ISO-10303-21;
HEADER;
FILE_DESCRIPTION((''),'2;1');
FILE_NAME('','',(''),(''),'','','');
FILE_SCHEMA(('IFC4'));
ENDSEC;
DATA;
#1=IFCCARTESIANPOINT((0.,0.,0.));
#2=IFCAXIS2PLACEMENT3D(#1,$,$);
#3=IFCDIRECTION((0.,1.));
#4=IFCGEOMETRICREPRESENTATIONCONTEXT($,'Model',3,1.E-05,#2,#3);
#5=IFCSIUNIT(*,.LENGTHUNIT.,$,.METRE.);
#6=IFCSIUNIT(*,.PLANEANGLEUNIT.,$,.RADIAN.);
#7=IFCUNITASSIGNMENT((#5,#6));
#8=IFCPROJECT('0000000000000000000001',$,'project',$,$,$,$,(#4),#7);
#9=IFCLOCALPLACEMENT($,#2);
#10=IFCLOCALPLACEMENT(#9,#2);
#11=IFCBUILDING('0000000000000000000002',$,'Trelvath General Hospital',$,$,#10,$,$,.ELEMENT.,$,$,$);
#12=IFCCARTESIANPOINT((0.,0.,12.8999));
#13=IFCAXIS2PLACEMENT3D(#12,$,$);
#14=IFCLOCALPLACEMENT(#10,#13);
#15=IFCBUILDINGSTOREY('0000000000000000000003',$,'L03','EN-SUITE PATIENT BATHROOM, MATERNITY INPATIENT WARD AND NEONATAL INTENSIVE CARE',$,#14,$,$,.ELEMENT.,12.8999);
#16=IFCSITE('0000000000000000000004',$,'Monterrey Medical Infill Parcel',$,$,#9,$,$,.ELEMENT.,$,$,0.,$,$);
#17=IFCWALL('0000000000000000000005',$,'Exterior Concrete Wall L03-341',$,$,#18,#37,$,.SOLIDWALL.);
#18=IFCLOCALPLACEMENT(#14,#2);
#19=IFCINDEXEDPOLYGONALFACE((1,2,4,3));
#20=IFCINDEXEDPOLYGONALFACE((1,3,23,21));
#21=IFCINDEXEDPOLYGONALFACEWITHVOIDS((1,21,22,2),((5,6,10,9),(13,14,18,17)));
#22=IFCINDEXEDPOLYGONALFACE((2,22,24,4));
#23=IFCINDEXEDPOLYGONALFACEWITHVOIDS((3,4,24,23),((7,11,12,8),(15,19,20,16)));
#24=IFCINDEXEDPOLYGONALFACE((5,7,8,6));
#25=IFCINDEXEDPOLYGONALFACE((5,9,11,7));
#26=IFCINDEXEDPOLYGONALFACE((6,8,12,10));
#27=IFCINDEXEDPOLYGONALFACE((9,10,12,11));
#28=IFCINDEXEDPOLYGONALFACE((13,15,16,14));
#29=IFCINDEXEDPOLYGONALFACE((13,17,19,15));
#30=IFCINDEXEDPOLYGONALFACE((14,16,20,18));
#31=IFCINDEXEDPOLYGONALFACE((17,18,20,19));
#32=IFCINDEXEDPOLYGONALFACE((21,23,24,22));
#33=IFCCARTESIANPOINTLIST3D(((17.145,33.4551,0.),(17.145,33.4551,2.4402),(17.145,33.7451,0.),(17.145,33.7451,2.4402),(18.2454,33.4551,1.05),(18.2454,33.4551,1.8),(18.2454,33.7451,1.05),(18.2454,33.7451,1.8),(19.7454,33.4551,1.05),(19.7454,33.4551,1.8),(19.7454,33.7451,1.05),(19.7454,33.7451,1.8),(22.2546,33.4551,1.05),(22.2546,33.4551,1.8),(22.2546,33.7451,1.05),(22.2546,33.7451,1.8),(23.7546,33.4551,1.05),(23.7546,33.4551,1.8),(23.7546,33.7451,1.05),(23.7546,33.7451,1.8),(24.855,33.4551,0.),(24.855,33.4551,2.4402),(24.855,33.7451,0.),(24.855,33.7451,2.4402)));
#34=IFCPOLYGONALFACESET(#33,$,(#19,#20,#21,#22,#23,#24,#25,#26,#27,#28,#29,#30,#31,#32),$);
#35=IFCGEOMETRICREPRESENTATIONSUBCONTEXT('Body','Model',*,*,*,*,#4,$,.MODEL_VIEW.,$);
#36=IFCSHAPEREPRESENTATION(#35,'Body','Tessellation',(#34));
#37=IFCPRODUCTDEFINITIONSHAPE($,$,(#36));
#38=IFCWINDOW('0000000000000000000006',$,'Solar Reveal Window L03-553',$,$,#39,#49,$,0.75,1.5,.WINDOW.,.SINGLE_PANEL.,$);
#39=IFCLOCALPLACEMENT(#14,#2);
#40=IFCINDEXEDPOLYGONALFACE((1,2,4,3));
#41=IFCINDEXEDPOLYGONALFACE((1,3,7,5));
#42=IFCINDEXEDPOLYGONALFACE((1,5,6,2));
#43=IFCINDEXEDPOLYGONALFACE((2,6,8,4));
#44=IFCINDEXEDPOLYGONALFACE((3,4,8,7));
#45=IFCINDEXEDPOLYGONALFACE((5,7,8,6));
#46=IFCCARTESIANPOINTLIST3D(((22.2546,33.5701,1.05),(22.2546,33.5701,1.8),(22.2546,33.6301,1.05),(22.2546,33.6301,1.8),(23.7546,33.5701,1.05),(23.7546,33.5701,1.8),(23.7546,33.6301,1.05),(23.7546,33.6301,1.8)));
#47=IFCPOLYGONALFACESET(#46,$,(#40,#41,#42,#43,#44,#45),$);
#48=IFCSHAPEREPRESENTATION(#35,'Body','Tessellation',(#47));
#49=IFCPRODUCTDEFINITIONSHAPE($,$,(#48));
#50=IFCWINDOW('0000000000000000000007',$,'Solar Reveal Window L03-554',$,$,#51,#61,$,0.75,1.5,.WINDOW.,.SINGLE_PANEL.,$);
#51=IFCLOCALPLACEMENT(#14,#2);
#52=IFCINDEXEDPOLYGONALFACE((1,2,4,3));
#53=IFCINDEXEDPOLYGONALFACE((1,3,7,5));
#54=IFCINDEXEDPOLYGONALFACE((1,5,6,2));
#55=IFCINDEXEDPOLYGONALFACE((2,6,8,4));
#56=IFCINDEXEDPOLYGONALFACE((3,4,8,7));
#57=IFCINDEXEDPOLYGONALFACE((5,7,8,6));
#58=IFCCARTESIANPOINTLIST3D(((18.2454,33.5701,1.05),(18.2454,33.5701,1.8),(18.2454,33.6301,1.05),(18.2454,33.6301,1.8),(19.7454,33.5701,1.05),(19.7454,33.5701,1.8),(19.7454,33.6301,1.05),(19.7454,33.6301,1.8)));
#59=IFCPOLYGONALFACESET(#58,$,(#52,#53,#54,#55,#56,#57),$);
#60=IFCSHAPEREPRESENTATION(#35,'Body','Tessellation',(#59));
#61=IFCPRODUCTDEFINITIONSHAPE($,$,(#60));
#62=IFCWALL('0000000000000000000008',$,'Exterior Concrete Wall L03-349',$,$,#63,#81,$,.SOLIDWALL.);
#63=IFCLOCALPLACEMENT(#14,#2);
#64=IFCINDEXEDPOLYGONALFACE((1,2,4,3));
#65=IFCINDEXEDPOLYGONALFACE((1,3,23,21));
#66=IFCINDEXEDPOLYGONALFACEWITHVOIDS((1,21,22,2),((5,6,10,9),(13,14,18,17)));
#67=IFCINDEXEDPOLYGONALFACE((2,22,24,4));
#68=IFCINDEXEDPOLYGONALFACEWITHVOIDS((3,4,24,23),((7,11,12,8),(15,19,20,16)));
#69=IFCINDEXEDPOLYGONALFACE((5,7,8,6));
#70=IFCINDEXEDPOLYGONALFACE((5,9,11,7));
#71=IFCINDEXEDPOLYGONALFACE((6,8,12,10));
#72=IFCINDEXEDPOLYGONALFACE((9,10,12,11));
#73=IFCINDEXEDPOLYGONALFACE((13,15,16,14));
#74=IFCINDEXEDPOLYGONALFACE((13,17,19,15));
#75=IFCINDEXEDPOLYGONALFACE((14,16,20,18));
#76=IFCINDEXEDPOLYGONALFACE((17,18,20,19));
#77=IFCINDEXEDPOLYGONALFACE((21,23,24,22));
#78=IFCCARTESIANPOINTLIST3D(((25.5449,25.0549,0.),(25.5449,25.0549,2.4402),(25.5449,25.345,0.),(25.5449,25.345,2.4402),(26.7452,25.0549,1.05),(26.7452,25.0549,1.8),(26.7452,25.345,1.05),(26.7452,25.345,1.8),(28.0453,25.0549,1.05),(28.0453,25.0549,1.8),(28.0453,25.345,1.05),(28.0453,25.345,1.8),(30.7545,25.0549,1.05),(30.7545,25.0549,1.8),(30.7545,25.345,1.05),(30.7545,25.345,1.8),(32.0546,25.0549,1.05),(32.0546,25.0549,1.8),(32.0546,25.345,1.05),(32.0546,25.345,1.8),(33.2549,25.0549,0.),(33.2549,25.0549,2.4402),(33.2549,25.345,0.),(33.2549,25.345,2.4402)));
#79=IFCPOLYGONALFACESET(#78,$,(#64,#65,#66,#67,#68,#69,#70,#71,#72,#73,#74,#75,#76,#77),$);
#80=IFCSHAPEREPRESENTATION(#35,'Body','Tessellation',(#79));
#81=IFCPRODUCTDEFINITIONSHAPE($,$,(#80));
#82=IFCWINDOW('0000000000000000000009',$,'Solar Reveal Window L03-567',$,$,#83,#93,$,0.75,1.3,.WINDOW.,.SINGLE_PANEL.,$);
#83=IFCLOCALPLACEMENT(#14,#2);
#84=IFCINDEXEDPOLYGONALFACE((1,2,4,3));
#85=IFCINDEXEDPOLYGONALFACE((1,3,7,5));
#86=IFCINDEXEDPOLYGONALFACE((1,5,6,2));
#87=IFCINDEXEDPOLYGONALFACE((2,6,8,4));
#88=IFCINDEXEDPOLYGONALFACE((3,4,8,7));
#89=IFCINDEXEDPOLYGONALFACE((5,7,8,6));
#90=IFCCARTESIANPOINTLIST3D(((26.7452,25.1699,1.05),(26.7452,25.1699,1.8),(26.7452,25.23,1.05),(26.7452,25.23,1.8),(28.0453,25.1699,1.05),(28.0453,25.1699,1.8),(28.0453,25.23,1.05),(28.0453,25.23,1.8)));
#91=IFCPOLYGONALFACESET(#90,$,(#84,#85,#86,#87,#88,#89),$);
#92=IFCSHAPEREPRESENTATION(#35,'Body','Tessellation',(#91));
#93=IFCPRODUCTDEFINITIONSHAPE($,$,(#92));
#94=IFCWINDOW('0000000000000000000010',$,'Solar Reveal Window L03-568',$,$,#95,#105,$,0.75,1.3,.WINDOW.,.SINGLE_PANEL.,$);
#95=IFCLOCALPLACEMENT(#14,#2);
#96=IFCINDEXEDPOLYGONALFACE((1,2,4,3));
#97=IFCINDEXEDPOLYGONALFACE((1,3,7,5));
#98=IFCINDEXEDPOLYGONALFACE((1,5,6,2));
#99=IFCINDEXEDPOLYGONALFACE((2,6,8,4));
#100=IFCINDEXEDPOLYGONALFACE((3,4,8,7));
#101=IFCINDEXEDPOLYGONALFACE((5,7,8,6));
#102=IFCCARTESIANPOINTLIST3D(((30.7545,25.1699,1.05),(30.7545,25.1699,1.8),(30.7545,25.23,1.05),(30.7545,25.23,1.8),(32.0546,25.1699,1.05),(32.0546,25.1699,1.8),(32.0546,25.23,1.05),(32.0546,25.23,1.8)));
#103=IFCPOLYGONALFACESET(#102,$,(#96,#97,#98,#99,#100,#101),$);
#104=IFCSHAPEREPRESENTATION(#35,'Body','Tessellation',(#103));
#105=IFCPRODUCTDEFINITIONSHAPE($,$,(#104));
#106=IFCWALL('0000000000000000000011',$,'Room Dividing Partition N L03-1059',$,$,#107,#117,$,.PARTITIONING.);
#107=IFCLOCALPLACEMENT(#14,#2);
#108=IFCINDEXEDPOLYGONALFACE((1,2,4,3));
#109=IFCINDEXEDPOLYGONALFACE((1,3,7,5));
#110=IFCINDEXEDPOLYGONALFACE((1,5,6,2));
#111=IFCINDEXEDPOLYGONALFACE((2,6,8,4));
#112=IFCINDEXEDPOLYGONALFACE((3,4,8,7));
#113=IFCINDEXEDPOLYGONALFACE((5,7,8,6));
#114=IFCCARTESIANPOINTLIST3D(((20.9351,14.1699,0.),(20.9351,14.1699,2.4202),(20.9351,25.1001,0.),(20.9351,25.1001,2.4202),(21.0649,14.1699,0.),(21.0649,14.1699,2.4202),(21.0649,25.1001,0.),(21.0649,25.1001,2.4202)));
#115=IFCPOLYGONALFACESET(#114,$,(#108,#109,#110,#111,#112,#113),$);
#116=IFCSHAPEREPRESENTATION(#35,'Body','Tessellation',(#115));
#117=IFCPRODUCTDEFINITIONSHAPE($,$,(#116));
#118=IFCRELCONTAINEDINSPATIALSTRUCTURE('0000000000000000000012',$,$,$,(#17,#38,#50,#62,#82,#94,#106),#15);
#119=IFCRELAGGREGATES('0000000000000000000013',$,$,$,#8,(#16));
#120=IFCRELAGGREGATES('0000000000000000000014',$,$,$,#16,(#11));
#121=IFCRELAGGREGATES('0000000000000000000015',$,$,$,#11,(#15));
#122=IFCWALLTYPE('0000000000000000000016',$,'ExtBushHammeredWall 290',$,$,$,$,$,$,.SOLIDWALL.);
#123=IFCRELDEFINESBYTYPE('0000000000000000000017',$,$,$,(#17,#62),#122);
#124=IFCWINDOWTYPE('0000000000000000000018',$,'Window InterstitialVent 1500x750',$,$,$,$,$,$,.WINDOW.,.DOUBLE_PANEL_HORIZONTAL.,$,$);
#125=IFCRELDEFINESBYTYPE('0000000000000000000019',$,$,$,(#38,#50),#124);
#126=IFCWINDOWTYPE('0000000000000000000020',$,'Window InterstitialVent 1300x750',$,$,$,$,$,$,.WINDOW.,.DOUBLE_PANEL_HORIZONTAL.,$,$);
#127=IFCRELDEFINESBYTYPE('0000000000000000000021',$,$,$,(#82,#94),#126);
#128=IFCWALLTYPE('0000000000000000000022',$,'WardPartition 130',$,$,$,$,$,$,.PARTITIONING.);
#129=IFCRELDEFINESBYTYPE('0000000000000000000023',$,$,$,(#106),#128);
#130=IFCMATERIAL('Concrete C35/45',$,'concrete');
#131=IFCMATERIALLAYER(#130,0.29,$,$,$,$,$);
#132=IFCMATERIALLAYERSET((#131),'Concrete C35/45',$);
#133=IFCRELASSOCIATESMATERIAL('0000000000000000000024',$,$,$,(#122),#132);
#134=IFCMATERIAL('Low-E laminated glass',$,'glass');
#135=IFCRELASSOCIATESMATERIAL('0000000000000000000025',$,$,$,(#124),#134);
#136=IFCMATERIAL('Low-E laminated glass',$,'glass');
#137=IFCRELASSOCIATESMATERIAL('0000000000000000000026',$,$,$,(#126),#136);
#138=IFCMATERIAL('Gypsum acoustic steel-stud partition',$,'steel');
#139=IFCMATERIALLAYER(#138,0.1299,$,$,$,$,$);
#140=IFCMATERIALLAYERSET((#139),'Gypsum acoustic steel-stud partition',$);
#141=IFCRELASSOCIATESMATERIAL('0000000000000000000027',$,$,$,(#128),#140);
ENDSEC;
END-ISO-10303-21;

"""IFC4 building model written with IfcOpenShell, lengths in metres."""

from ifc_helpers import new_model, si_unit, direction, frame, frame_2d, origin, place, context, subcontext, project, spatial, rectangle, extrude, material, layer, layer_set, type_object, element, fill, save


model = new_model("IFC4")

# Units and contexts
model_context = context("Model", 3, precision=1e-05, world=origin(), true_north=direction((0.0, 1.0)))
body_context = subcontext(model_context, "Body", "Model", "MODEL_VIEW")
ifc_project = project(units=[si_unit("LENGTHUNIT", "METRE"), si_unit("PLANEANGLEUNIT", "RADIAN")], contexts=[model_context])

# Site, building, storey
site_placement = place(None, origin())
site = spatial("IfcSite", under=ifc_project, at=site_placement, Name="Monterrey Medical Infill Parcel", CompositionType="ELEMENT", RefElevation=0.0)
building_placement = place(site_placement, origin())
building = spatial("IfcBuilding", under=site, at=building_placement, Name="Trelvath General Hospital", CompositionType="ELEMENT")
storey_placement = place(building_placement, frame((0.0, 0.0, 12.8999)))
storey = spatial("IfcBuildingStorey", under=building, at=storey_placement, Name="L03", Description="EN-SUITE PATIENT BATHROOM, MATERNITY INPATIENT WARD AND NEONATAL INTENSIVE CARE", CompositionType="ELEMENT", Elevation=12.8999)

# Walls, openings, windows
ifc_material_1 = material(Name="Concrete C35/45", Category="concrete")
ifc_layer_1 = layer(ifc_material_1, 0.29)
ifc_layer_set_1 = layer_set([ifc_layer_1], Name="Concrete C35/45")
wall_type_1 = type_object("IfcWallType", Name="ExtBushHammeredWall 290", PredefinedType="SOLIDWALL", material=ifc_layer_set_1)
ifc_material_2 = material(Name="Low-E laminated glass", Category="glass")
window_type_1 = type_object("IfcWindowType", Name="Window InterstitialVent 1500x750", PartitioningType="DOUBLE_PANEL_HORIZONTAL", PredefinedType="WINDOW", material=ifc_material_2)
wall_1_placement = place(storey_placement, frame((24.855, 33.6001, 0.0), z_axis=(0.0, 0.0, 1.0), x_axis=(-1.0, 0.0, 0.0)))
wall_1 = element("IfcWall", 1, at=wall_1_placement, inside=storey, type_object=wall_type_1, Name="Exterior Concrete Wall L03-341", PredefinedType="SOLIDWALL", context=body_context, shape_type="SweptSolid", body=[
    extrude(rectangle(XDim=7.71, YDim=0.29, at=frame_2d((3.855, 0.0))), origin(), (0.0, 0.0, 1.0), 2.4402),
])
opening_1_placement = place(wall_1_placement, frame((1.1003, 0.0, 1.05)))
opening_1 = element("IfcOpeningElement", 2, at=opening_1_placement, cuts=wall_1, PredefinedType="OPENING", context=body_context, shape_type="SweptSolid", body=[
    extrude(rectangle(XDim=1.5, YDim=0.75, at=frame_2d((0.75, 0.375))), frame((0.0, 0.155, 0.0), z_axis=(0.0, -1.0, 0.0), x_axis=(1.0, 0.0, 0.0)), (0.0, 0.0, 1.0), 0.3101),
])
opening_2_placement = place(wall_1_placement, frame((5.1096, 0.0, 1.05)))
opening_2 = element("IfcOpeningElement", 3, at=opening_2_placement, cuts=wall_1, PredefinedType="OPENING", context=body_context, shape_type="SweptSolid", body=[
    extrude(rectangle(XDim=1.5, YDim=0.75, at=frame_2d((0.75, 0.375))), frame((0.0, 0.155, 0.0), z_axis=(0.0, -1.0, 0.0), x_axis=(1.0, 0.0, 0.0)), (0.0, 0.0, 1.0), 0.3101),
])
window_1_placement = place(opening_1_placement, origin())
window_1 = element("IfcWindow", 4, at=window_1_placement, inside=storey, type_object=window_type_1, Name="Solar Reveal Window L03-553", OverallHeight=0.75, OverallWidth=1.5, PartitioningType="SINGLE_PANEL", PredefinedType="WINDOW", context=body_context, shape_type="SweptSolid", body=[
    extrude(rectangle(XDim=1.5, YDim=0.75, at=frame_2d((0.75, 0.375))), frame((0.0, 0.03, 0.0), z_axis=(0.0, -1.0, 0.0), x_axis=(1.0, 0.0, 0.0)), (0.0, 0.0, 1.0), 0.0601),
])
fill(opening_1, window_1)
window_2_placement = place(opening_2_placement, origin())
window_2 = element("IfcWindow", 5, at=window_2_placement, inside=storey, type_object=window_type_1, Name="Solar Reveal Window L03-554", OverallHeight=0.75, OverallWidth=1.5, PartitioningType="SINGLE_PANEL", PredefinedType="WINDOW", context=body_context, shape_type="SweptSolid", body=[
    extrude(rectangle(XDim=1.5, YDim=0.75, at=frame_2d((0.75, 0.375))), frame((0.0, 0.03, 0.0), z_axis=(0.0, -1.0, 0.0), x_axis=(1.0, 0.0, 0.0)), (0.0, 0.0, 1.0), 0.0601),
])
fill(opening_2, window_2)
wall_2_placement = place(storey_placement, frame((25.5449, 25.2, 0.0), z_axis=(0.0, 0.0, 1.0), x_axis=(1.0, 0.0, 0.0)))
wall_2 = element("IfcWall", 6, at=wall_2_placement, inside=storey, type_object=wall_type_1, Name="Exterior Concrete Wall L03-349", PredefinedType="SOLIDWALL", context=body_context, shape_type="SweptSolid", body=[
    extrude(rectangle(XDim=7.71, YDim=0.29, at=frame_2d((3.855, 0.0))), origin(), (0.0, 0.0, 1.0), 2.4402),
])
opening_3_placement = place(wall_2_placement, frame((1.2004, 0.0, 1.05)))
opening_3 = element("IfcOpeningElement", 7, at=opening_3_placement, cuts=wall_2, PredefinedType="OPENING", context=body_context, shape_type="SweptSolid", body=[
    extrude(rectangle(XDim=1.3, YDim=0.75, at=frame_2d((0.6499, 0.375))), frame((0.0, 0.155, 0.0), z_axis=(0.0, -1.0, 0.0), x_axis=(1.0, 0.0, 0.0)), (0.0, 0.0, 1.0), 0.3101),
])
opening_4_placement = place(wall_2_placement, frame((5.2097, 0.0, 1.05)))
opening_4 = element("IfcOpeningElement", 8, at=opening_4_placement, cuts=wall_2, PredefinedType="OPENING", context=body_context, shape_type="SweptSolid", body=[
    extrude(rectangle(XDim=1.3, YDim=0.75, at=frame_2d((0.6499, 0.375))), frame((0.0, 0.155, 0.0), z_axis=(0.0, -1.0, 0.0), x_axis=(1.0, 0.0, 0.0)), (0.0, 0.0, 1.0), 0.3101),
])
ifc_material_3 = material(Name="Low-E laminated glass", Category="glass")
window_type_2 = type_object("IfcWindowType", Name="Window InterstitialVent 1300x750", PartitioningType="DOUBLE_PANEL_HORIZONTAL", PredefinedType="WINDOW", material=ifc_material_3)
window_3_placement = place(opening_3_placement, origin())
window_3 = element("IfcWindow", 9, at=window_3_placement, inside=storey, type_object=window_type_2, Name="Solar Reveal Window L03-567", OverallHeight=0.75, OverallWidth=1.3, PartitioningType="SINGLE_PANEL", PredefinedType="WINDOW", context=body_context, shape_type="SweptSolid", body=[
    extrude(rectangle(XDim=1.3, YDim=0.75, at=frame_2d((0.6499, 0.375))), frame((0.0, 0.03, 0.0), z_axis=(0.0, -1.0, 0.0), x_axis=(1.0, 0.0, 0.0)), (0.0, 0.0, 1.0), 0.0601),
])
fill(opening_3, window_3)
window_4_placement = place(opening_4_placement, origin())
window_4 = element("IfcWindow", 10, at=window_4_placement, inside=storey, type_object=window_type_2, Name="Solar Reveal Window L03-568", OverallHeight=0.75, OverallWidth=1.3, PartitioningType="SINGLE_PANEL", PredefinedType="WINDOW", context=body_context, shape_type="SweptSolid", body=[
    extrude(rectangle(XDim=1.3, YDim=0.75, at=frame_2d((0.6499, 0.375))), frame((0.0, 0.03, 0.0), z_axis=(0.0, -1.0, 0.0), x_axis=(1.0, 0.0, 0.0)), (0.0, 0.0, 1.0), 0.0601),
])
fill(opening_4, window_4)

# Wall
ifc_material_4 = material(Name="Gypsum acoustic steel-stud partition", Category="steel")
ifc_layer_2 = layer(ifc_material_4, 0.1299)
ifc_layer_set_2 = layer_set([ifc_layer_2], Name="Gypsum acoustic steel-stud partition")
wall_type_2 = type_object("IfcWallType", Name="WardPartition 130", PredefinedType="PARTITIONING", material=ifc_layer_set_2)
wall_3_placement = place(storey_placement, frame((21.0, 14.1699, 0.0), z_axis=(0.0, 0.0, 1.0), x_axis=(0.0, 1.0, 0.0)))
element("IfcWall", 11, at=wall_3_placement, inside=storey, type_object=wall_type_2, Name="Room Dividing Partition N L03-1059", PredefinedType="PARTITIONING", context=body_context, shape_type="SweptSolid", body=[
    extrude(rectangle(XDim=10.9302, YDim=0.1299, at=frame_2d((5.4651, 0.0))), origin(), (0.0, 0.0, 1.0), 2.4202),
])

save(model, "model.ifc")
